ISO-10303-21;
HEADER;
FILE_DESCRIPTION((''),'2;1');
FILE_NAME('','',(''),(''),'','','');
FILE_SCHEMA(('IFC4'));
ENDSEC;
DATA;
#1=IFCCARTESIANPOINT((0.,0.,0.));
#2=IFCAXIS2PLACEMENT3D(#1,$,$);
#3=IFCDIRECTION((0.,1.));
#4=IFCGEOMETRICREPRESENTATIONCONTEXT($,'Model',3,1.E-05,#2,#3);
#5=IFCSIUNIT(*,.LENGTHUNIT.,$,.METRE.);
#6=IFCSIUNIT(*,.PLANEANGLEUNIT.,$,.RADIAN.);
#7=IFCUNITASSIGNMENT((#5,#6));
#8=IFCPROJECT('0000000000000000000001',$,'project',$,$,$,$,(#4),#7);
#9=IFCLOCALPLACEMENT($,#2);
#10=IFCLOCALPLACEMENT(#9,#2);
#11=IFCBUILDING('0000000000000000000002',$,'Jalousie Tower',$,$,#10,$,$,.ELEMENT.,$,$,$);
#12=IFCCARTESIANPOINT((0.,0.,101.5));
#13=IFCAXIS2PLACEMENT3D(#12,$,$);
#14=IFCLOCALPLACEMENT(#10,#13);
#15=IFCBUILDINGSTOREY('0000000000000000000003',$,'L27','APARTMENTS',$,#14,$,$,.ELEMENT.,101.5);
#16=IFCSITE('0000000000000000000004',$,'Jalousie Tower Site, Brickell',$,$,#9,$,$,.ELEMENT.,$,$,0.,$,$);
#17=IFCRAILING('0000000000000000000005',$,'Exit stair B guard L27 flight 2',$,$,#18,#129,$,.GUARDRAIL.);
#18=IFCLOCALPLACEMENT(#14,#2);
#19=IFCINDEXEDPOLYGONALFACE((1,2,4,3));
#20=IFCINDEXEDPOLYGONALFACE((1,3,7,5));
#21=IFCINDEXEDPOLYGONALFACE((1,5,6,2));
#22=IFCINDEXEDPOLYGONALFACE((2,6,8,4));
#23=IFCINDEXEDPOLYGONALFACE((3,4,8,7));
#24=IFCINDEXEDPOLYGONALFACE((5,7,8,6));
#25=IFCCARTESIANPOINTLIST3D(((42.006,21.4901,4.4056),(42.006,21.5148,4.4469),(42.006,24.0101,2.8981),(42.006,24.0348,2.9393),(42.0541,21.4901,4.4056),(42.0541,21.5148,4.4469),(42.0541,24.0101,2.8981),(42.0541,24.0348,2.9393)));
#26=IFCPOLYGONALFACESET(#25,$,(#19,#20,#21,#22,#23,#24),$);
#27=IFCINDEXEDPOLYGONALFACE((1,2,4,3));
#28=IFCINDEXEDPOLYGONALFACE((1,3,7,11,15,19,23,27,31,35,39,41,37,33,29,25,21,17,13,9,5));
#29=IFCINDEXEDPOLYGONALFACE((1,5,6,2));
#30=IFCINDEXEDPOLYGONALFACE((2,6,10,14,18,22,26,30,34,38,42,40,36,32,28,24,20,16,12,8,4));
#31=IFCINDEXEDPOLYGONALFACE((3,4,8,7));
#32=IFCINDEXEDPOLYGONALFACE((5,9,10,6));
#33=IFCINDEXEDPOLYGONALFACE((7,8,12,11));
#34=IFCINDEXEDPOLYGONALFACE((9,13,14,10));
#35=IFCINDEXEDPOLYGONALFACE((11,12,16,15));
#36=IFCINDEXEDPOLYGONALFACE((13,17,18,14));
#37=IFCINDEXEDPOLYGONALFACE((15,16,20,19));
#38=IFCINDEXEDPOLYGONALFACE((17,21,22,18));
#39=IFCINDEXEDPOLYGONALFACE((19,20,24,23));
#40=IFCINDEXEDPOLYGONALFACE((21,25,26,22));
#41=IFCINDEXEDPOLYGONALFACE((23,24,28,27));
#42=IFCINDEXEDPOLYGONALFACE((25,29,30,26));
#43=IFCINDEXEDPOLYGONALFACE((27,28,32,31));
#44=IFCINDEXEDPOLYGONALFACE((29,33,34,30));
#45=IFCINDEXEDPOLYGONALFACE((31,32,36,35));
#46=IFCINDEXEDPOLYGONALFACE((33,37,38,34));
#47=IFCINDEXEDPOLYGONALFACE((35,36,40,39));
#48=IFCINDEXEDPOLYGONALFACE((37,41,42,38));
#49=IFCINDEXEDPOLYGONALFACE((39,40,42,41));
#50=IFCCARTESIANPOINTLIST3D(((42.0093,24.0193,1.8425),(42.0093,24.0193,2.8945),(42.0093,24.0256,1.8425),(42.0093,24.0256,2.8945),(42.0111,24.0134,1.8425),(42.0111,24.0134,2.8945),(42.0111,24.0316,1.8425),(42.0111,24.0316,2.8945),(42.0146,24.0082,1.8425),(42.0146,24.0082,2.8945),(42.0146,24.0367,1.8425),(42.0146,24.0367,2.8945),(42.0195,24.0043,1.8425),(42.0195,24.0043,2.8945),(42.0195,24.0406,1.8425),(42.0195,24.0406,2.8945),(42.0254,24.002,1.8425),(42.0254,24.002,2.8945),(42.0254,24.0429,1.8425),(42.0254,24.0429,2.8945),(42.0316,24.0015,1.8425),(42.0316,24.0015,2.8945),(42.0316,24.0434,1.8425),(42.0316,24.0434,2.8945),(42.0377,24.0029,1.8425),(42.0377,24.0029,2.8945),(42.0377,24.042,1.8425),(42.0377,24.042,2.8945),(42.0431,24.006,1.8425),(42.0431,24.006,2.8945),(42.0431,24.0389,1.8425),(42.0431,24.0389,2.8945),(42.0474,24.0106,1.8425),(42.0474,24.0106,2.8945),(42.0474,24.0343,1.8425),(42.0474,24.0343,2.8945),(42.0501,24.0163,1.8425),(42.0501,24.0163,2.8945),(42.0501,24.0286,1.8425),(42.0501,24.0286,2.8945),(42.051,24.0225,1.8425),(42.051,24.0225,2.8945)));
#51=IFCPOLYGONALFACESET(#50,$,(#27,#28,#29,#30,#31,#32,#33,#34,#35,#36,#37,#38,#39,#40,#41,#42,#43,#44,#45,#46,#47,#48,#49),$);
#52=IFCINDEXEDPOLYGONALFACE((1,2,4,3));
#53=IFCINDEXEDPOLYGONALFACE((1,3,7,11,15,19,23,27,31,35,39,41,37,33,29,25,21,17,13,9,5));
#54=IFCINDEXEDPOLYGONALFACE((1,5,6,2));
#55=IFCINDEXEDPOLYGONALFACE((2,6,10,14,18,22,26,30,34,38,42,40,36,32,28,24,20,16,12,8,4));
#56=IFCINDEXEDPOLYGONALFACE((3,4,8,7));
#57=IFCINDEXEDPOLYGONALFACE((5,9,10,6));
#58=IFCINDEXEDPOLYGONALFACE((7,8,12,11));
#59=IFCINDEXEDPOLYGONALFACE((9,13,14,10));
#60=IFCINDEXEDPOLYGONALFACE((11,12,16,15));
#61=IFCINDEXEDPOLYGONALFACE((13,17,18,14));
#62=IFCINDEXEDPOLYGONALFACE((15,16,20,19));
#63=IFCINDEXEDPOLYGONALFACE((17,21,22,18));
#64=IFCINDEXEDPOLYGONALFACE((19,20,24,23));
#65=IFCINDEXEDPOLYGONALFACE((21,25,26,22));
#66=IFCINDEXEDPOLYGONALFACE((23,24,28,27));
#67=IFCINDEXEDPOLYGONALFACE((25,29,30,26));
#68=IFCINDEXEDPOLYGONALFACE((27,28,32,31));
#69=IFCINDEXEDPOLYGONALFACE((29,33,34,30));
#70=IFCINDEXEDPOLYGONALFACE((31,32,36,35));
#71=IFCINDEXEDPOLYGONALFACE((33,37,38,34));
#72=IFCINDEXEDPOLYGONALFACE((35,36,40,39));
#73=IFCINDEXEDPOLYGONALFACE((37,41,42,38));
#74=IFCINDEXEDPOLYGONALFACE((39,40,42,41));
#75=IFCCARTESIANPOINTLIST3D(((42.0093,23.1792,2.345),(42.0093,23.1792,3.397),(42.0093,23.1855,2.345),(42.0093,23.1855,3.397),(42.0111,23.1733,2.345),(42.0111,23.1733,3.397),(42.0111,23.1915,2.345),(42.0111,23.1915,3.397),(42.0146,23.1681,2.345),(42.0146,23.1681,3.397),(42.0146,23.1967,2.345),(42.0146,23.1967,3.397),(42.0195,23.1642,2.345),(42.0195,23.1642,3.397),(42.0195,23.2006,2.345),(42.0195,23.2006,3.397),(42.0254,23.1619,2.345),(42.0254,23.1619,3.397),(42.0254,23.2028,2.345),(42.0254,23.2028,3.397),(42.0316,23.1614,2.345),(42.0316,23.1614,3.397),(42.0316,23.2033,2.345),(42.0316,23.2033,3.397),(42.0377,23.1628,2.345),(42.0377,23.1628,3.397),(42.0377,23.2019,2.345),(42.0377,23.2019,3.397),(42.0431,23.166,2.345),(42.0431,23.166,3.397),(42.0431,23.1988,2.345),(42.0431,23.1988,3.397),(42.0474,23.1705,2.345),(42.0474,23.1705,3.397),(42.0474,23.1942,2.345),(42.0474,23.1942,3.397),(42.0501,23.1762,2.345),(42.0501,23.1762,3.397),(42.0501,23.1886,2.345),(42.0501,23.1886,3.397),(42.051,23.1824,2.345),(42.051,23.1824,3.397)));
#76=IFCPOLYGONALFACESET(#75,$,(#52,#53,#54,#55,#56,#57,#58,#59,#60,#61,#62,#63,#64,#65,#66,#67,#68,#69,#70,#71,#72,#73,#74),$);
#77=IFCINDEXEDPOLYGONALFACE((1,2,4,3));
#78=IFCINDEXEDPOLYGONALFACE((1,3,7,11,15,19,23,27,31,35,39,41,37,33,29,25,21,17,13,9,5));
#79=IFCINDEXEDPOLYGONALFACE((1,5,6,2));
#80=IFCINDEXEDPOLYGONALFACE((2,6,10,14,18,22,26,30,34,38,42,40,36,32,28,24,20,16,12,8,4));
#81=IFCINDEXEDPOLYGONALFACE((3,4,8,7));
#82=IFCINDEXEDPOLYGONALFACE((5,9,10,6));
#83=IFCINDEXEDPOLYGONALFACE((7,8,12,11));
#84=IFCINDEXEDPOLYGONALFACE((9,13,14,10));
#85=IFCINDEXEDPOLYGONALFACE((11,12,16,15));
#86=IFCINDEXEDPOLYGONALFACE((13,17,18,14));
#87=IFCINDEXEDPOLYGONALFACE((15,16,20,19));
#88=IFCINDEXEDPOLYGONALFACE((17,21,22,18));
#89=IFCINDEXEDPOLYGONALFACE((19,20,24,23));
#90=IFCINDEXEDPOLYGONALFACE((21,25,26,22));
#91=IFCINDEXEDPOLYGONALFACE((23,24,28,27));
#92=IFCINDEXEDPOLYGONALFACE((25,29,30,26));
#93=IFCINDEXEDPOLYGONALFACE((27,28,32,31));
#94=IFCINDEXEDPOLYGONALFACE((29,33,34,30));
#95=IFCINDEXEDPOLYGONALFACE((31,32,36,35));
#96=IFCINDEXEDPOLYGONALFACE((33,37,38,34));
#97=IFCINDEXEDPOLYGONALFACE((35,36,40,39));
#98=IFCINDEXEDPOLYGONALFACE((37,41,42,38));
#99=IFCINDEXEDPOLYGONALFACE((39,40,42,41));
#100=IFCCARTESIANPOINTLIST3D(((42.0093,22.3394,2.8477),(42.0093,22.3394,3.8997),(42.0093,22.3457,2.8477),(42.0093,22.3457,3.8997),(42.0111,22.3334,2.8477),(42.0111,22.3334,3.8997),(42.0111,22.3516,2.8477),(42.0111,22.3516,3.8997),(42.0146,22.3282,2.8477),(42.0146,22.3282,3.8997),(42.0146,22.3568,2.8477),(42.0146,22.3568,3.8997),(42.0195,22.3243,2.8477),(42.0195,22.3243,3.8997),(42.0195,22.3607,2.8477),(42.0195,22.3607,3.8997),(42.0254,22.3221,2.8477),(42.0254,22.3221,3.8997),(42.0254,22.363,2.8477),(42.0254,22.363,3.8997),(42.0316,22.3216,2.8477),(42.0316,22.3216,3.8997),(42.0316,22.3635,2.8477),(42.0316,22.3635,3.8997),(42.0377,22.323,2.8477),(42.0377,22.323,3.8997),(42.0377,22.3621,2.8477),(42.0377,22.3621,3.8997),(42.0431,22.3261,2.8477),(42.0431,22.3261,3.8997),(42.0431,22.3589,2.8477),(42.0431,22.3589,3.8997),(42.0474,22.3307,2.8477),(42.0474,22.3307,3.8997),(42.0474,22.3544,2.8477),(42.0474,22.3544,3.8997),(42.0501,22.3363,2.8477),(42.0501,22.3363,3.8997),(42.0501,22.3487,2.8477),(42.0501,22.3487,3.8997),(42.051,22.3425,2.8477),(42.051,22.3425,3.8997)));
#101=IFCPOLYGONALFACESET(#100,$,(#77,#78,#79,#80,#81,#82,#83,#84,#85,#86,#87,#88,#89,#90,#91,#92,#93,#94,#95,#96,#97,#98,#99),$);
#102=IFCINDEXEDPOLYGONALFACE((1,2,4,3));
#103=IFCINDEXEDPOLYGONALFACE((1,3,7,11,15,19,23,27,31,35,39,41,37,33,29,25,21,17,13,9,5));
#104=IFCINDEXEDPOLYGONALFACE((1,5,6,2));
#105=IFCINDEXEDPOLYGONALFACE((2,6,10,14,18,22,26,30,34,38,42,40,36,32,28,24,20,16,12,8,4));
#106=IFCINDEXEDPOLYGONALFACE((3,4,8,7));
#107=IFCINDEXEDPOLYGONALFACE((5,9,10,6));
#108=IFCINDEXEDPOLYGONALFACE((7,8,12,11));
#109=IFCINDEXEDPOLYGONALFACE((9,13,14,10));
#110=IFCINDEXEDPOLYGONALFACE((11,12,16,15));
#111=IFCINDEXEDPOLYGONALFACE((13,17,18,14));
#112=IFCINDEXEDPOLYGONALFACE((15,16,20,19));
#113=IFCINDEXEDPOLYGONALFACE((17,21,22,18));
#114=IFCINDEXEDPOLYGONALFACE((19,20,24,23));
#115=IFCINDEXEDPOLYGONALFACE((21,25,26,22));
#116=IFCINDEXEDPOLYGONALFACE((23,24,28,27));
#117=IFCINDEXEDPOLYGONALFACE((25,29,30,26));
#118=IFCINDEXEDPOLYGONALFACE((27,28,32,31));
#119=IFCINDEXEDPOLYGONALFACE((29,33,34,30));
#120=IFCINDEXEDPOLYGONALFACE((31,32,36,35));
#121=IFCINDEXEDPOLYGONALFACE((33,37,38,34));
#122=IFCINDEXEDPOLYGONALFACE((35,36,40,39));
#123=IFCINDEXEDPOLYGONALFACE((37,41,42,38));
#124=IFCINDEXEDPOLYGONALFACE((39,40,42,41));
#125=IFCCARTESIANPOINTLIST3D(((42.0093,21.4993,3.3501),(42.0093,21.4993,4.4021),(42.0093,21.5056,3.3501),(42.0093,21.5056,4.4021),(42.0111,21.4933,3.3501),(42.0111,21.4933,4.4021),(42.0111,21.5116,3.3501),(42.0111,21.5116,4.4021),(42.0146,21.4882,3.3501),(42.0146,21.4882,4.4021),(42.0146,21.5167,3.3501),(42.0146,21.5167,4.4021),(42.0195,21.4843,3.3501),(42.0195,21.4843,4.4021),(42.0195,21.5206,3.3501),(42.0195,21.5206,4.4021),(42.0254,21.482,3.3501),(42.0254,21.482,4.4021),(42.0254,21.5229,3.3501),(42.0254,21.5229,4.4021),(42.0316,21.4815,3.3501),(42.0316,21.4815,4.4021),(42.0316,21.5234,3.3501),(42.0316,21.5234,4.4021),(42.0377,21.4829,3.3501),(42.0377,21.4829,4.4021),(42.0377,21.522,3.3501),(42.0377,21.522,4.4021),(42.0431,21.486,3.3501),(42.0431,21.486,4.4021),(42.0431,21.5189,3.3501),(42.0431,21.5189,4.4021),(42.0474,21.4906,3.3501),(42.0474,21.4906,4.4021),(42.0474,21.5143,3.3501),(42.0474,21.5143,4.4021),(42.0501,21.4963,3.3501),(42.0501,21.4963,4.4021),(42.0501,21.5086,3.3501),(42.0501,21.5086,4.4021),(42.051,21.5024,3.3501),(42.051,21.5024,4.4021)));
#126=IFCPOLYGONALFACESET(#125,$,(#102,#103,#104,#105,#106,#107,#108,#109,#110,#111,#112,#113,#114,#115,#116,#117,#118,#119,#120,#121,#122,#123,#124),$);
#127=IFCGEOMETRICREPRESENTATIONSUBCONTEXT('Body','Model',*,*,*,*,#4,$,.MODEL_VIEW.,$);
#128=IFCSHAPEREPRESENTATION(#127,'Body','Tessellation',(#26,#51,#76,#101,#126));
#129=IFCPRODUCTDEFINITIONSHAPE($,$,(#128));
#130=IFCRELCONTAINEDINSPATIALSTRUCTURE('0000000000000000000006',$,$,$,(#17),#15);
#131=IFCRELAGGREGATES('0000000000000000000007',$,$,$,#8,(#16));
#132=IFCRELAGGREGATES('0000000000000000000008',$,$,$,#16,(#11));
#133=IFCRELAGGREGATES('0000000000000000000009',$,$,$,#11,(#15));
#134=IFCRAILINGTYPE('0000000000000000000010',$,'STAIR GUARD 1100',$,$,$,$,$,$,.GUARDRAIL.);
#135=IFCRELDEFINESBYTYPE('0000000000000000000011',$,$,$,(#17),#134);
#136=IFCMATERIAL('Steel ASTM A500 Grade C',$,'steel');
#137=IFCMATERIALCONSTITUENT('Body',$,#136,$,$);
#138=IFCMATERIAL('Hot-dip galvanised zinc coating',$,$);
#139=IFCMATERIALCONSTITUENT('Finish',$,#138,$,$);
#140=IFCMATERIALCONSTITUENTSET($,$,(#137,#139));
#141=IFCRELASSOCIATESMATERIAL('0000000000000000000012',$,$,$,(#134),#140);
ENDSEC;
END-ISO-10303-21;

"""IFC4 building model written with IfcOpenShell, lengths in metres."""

from ifc_helpers import new_model, si_unit, direction, frame, origin, origin_2d, place, context, subcontext, project, spatial, rectangle, circle, extrude, material, constituent, constituent_set, type_object, element, save


model = new_model("IFC4")

# Units and contexts
model_context = context("Model", 3, precision=1e-05, world=origin(), true_north=direction((0.0, 1.0)))
body_context = subcontext(model_context, "Body", "Model", "MODEL_VIEW")
ifc_project = project(units=[si_unit("LENGTHUNIT", "METRE"), si_unit("PLANEANGLEUNIT", "RADIAN")], contexts=[model_context])

# Site, building, storey
site_placement = place(None, origin())
site = spatial("IfcSite", under=ifc_project, at=site_placement, Name="Jalousie Tower Site, Brickell", CompositionType="ELEMENT", RefElevation=0.0)
building_placement = place(site_placement, origin())
building = spatial("IfcBuilding", under=site, at=building_placement, Name="Jalousie Tower", CompositionType="ELEMENT")
storey_placement = place(building_placement, frame((0.0, 0.0, 101.5)))
storey = spatial("IfcBuildingStorey", under=building, at=storey_placement, Name="L27", Description="APARTMENTS", CompositionType="ELEMENT", Elevation=101.5)

# Railing
ifc_material_1 = material(Name="Steel ASTM A500 Grade C", Category="steel")
ifc_constituent_1 = constituent(ifc_material_1, Name="Body")
ifc_material_2 = material(Name="Hot-dip galvanised zinc coating")
ifc_constituent_2 = constituent(ifc_material_2, Name="Finish")
ifc_constituent_set_1 = constituent_set(constituents=[ifc_constituent_1, ifc_constituent_2])
railing_type_1 = type_object("IfcRailingType", Name="STAIR GUARD 1100", PredefinedType="GUARDRAIL", material=ifc_constituent_set_1)
railing_1_placement = place(storey_placement, frame((42.03, 24.0225, 1.8425)))
element("IfcRailing", 1, at=railing_1_placement, inside=storey, type_object=railing_type_1, Name="Exit stair B guard L27 flight 2", PredefinedType="GUARDRAIL", context=body_context, shape_type="SweptSolid", body=[
    extrude(rectangle(XDim=0.0481, YDim=0.0481, at=origin_2d()), frame((0.0, 0.0, 1.0762), z_axis=(0.0, -0.85816, 0.513383), x_axis=(1.0, 0.0, 0.0)), (0.0, 0.0, 1.0), 2.9365),
    extrude(circle(Radius=0.021, at=origin_2d()), origin(), (0.0, 0.0, 1.0), 1.052),
    extrude(circle(Radius=0.021, at=origin_2d()), frame((0.0, -0.8401, 0.5024)), (0.0, 0.0, 1.0), 1.052),
    extrude(circle(Radius=0.021, at=origin_2d()), frame((0.0, -1.6799, 1.0051)), (0.0, 0.0, 1.0), 1.052),
    extrude(circle(Radius=0.021, at=origin_2d()), frame((0.0, -2.52, 1.5076)), (0.0, 0.0, 1.0), 1.052),
])

save(model, "model.ifc")
